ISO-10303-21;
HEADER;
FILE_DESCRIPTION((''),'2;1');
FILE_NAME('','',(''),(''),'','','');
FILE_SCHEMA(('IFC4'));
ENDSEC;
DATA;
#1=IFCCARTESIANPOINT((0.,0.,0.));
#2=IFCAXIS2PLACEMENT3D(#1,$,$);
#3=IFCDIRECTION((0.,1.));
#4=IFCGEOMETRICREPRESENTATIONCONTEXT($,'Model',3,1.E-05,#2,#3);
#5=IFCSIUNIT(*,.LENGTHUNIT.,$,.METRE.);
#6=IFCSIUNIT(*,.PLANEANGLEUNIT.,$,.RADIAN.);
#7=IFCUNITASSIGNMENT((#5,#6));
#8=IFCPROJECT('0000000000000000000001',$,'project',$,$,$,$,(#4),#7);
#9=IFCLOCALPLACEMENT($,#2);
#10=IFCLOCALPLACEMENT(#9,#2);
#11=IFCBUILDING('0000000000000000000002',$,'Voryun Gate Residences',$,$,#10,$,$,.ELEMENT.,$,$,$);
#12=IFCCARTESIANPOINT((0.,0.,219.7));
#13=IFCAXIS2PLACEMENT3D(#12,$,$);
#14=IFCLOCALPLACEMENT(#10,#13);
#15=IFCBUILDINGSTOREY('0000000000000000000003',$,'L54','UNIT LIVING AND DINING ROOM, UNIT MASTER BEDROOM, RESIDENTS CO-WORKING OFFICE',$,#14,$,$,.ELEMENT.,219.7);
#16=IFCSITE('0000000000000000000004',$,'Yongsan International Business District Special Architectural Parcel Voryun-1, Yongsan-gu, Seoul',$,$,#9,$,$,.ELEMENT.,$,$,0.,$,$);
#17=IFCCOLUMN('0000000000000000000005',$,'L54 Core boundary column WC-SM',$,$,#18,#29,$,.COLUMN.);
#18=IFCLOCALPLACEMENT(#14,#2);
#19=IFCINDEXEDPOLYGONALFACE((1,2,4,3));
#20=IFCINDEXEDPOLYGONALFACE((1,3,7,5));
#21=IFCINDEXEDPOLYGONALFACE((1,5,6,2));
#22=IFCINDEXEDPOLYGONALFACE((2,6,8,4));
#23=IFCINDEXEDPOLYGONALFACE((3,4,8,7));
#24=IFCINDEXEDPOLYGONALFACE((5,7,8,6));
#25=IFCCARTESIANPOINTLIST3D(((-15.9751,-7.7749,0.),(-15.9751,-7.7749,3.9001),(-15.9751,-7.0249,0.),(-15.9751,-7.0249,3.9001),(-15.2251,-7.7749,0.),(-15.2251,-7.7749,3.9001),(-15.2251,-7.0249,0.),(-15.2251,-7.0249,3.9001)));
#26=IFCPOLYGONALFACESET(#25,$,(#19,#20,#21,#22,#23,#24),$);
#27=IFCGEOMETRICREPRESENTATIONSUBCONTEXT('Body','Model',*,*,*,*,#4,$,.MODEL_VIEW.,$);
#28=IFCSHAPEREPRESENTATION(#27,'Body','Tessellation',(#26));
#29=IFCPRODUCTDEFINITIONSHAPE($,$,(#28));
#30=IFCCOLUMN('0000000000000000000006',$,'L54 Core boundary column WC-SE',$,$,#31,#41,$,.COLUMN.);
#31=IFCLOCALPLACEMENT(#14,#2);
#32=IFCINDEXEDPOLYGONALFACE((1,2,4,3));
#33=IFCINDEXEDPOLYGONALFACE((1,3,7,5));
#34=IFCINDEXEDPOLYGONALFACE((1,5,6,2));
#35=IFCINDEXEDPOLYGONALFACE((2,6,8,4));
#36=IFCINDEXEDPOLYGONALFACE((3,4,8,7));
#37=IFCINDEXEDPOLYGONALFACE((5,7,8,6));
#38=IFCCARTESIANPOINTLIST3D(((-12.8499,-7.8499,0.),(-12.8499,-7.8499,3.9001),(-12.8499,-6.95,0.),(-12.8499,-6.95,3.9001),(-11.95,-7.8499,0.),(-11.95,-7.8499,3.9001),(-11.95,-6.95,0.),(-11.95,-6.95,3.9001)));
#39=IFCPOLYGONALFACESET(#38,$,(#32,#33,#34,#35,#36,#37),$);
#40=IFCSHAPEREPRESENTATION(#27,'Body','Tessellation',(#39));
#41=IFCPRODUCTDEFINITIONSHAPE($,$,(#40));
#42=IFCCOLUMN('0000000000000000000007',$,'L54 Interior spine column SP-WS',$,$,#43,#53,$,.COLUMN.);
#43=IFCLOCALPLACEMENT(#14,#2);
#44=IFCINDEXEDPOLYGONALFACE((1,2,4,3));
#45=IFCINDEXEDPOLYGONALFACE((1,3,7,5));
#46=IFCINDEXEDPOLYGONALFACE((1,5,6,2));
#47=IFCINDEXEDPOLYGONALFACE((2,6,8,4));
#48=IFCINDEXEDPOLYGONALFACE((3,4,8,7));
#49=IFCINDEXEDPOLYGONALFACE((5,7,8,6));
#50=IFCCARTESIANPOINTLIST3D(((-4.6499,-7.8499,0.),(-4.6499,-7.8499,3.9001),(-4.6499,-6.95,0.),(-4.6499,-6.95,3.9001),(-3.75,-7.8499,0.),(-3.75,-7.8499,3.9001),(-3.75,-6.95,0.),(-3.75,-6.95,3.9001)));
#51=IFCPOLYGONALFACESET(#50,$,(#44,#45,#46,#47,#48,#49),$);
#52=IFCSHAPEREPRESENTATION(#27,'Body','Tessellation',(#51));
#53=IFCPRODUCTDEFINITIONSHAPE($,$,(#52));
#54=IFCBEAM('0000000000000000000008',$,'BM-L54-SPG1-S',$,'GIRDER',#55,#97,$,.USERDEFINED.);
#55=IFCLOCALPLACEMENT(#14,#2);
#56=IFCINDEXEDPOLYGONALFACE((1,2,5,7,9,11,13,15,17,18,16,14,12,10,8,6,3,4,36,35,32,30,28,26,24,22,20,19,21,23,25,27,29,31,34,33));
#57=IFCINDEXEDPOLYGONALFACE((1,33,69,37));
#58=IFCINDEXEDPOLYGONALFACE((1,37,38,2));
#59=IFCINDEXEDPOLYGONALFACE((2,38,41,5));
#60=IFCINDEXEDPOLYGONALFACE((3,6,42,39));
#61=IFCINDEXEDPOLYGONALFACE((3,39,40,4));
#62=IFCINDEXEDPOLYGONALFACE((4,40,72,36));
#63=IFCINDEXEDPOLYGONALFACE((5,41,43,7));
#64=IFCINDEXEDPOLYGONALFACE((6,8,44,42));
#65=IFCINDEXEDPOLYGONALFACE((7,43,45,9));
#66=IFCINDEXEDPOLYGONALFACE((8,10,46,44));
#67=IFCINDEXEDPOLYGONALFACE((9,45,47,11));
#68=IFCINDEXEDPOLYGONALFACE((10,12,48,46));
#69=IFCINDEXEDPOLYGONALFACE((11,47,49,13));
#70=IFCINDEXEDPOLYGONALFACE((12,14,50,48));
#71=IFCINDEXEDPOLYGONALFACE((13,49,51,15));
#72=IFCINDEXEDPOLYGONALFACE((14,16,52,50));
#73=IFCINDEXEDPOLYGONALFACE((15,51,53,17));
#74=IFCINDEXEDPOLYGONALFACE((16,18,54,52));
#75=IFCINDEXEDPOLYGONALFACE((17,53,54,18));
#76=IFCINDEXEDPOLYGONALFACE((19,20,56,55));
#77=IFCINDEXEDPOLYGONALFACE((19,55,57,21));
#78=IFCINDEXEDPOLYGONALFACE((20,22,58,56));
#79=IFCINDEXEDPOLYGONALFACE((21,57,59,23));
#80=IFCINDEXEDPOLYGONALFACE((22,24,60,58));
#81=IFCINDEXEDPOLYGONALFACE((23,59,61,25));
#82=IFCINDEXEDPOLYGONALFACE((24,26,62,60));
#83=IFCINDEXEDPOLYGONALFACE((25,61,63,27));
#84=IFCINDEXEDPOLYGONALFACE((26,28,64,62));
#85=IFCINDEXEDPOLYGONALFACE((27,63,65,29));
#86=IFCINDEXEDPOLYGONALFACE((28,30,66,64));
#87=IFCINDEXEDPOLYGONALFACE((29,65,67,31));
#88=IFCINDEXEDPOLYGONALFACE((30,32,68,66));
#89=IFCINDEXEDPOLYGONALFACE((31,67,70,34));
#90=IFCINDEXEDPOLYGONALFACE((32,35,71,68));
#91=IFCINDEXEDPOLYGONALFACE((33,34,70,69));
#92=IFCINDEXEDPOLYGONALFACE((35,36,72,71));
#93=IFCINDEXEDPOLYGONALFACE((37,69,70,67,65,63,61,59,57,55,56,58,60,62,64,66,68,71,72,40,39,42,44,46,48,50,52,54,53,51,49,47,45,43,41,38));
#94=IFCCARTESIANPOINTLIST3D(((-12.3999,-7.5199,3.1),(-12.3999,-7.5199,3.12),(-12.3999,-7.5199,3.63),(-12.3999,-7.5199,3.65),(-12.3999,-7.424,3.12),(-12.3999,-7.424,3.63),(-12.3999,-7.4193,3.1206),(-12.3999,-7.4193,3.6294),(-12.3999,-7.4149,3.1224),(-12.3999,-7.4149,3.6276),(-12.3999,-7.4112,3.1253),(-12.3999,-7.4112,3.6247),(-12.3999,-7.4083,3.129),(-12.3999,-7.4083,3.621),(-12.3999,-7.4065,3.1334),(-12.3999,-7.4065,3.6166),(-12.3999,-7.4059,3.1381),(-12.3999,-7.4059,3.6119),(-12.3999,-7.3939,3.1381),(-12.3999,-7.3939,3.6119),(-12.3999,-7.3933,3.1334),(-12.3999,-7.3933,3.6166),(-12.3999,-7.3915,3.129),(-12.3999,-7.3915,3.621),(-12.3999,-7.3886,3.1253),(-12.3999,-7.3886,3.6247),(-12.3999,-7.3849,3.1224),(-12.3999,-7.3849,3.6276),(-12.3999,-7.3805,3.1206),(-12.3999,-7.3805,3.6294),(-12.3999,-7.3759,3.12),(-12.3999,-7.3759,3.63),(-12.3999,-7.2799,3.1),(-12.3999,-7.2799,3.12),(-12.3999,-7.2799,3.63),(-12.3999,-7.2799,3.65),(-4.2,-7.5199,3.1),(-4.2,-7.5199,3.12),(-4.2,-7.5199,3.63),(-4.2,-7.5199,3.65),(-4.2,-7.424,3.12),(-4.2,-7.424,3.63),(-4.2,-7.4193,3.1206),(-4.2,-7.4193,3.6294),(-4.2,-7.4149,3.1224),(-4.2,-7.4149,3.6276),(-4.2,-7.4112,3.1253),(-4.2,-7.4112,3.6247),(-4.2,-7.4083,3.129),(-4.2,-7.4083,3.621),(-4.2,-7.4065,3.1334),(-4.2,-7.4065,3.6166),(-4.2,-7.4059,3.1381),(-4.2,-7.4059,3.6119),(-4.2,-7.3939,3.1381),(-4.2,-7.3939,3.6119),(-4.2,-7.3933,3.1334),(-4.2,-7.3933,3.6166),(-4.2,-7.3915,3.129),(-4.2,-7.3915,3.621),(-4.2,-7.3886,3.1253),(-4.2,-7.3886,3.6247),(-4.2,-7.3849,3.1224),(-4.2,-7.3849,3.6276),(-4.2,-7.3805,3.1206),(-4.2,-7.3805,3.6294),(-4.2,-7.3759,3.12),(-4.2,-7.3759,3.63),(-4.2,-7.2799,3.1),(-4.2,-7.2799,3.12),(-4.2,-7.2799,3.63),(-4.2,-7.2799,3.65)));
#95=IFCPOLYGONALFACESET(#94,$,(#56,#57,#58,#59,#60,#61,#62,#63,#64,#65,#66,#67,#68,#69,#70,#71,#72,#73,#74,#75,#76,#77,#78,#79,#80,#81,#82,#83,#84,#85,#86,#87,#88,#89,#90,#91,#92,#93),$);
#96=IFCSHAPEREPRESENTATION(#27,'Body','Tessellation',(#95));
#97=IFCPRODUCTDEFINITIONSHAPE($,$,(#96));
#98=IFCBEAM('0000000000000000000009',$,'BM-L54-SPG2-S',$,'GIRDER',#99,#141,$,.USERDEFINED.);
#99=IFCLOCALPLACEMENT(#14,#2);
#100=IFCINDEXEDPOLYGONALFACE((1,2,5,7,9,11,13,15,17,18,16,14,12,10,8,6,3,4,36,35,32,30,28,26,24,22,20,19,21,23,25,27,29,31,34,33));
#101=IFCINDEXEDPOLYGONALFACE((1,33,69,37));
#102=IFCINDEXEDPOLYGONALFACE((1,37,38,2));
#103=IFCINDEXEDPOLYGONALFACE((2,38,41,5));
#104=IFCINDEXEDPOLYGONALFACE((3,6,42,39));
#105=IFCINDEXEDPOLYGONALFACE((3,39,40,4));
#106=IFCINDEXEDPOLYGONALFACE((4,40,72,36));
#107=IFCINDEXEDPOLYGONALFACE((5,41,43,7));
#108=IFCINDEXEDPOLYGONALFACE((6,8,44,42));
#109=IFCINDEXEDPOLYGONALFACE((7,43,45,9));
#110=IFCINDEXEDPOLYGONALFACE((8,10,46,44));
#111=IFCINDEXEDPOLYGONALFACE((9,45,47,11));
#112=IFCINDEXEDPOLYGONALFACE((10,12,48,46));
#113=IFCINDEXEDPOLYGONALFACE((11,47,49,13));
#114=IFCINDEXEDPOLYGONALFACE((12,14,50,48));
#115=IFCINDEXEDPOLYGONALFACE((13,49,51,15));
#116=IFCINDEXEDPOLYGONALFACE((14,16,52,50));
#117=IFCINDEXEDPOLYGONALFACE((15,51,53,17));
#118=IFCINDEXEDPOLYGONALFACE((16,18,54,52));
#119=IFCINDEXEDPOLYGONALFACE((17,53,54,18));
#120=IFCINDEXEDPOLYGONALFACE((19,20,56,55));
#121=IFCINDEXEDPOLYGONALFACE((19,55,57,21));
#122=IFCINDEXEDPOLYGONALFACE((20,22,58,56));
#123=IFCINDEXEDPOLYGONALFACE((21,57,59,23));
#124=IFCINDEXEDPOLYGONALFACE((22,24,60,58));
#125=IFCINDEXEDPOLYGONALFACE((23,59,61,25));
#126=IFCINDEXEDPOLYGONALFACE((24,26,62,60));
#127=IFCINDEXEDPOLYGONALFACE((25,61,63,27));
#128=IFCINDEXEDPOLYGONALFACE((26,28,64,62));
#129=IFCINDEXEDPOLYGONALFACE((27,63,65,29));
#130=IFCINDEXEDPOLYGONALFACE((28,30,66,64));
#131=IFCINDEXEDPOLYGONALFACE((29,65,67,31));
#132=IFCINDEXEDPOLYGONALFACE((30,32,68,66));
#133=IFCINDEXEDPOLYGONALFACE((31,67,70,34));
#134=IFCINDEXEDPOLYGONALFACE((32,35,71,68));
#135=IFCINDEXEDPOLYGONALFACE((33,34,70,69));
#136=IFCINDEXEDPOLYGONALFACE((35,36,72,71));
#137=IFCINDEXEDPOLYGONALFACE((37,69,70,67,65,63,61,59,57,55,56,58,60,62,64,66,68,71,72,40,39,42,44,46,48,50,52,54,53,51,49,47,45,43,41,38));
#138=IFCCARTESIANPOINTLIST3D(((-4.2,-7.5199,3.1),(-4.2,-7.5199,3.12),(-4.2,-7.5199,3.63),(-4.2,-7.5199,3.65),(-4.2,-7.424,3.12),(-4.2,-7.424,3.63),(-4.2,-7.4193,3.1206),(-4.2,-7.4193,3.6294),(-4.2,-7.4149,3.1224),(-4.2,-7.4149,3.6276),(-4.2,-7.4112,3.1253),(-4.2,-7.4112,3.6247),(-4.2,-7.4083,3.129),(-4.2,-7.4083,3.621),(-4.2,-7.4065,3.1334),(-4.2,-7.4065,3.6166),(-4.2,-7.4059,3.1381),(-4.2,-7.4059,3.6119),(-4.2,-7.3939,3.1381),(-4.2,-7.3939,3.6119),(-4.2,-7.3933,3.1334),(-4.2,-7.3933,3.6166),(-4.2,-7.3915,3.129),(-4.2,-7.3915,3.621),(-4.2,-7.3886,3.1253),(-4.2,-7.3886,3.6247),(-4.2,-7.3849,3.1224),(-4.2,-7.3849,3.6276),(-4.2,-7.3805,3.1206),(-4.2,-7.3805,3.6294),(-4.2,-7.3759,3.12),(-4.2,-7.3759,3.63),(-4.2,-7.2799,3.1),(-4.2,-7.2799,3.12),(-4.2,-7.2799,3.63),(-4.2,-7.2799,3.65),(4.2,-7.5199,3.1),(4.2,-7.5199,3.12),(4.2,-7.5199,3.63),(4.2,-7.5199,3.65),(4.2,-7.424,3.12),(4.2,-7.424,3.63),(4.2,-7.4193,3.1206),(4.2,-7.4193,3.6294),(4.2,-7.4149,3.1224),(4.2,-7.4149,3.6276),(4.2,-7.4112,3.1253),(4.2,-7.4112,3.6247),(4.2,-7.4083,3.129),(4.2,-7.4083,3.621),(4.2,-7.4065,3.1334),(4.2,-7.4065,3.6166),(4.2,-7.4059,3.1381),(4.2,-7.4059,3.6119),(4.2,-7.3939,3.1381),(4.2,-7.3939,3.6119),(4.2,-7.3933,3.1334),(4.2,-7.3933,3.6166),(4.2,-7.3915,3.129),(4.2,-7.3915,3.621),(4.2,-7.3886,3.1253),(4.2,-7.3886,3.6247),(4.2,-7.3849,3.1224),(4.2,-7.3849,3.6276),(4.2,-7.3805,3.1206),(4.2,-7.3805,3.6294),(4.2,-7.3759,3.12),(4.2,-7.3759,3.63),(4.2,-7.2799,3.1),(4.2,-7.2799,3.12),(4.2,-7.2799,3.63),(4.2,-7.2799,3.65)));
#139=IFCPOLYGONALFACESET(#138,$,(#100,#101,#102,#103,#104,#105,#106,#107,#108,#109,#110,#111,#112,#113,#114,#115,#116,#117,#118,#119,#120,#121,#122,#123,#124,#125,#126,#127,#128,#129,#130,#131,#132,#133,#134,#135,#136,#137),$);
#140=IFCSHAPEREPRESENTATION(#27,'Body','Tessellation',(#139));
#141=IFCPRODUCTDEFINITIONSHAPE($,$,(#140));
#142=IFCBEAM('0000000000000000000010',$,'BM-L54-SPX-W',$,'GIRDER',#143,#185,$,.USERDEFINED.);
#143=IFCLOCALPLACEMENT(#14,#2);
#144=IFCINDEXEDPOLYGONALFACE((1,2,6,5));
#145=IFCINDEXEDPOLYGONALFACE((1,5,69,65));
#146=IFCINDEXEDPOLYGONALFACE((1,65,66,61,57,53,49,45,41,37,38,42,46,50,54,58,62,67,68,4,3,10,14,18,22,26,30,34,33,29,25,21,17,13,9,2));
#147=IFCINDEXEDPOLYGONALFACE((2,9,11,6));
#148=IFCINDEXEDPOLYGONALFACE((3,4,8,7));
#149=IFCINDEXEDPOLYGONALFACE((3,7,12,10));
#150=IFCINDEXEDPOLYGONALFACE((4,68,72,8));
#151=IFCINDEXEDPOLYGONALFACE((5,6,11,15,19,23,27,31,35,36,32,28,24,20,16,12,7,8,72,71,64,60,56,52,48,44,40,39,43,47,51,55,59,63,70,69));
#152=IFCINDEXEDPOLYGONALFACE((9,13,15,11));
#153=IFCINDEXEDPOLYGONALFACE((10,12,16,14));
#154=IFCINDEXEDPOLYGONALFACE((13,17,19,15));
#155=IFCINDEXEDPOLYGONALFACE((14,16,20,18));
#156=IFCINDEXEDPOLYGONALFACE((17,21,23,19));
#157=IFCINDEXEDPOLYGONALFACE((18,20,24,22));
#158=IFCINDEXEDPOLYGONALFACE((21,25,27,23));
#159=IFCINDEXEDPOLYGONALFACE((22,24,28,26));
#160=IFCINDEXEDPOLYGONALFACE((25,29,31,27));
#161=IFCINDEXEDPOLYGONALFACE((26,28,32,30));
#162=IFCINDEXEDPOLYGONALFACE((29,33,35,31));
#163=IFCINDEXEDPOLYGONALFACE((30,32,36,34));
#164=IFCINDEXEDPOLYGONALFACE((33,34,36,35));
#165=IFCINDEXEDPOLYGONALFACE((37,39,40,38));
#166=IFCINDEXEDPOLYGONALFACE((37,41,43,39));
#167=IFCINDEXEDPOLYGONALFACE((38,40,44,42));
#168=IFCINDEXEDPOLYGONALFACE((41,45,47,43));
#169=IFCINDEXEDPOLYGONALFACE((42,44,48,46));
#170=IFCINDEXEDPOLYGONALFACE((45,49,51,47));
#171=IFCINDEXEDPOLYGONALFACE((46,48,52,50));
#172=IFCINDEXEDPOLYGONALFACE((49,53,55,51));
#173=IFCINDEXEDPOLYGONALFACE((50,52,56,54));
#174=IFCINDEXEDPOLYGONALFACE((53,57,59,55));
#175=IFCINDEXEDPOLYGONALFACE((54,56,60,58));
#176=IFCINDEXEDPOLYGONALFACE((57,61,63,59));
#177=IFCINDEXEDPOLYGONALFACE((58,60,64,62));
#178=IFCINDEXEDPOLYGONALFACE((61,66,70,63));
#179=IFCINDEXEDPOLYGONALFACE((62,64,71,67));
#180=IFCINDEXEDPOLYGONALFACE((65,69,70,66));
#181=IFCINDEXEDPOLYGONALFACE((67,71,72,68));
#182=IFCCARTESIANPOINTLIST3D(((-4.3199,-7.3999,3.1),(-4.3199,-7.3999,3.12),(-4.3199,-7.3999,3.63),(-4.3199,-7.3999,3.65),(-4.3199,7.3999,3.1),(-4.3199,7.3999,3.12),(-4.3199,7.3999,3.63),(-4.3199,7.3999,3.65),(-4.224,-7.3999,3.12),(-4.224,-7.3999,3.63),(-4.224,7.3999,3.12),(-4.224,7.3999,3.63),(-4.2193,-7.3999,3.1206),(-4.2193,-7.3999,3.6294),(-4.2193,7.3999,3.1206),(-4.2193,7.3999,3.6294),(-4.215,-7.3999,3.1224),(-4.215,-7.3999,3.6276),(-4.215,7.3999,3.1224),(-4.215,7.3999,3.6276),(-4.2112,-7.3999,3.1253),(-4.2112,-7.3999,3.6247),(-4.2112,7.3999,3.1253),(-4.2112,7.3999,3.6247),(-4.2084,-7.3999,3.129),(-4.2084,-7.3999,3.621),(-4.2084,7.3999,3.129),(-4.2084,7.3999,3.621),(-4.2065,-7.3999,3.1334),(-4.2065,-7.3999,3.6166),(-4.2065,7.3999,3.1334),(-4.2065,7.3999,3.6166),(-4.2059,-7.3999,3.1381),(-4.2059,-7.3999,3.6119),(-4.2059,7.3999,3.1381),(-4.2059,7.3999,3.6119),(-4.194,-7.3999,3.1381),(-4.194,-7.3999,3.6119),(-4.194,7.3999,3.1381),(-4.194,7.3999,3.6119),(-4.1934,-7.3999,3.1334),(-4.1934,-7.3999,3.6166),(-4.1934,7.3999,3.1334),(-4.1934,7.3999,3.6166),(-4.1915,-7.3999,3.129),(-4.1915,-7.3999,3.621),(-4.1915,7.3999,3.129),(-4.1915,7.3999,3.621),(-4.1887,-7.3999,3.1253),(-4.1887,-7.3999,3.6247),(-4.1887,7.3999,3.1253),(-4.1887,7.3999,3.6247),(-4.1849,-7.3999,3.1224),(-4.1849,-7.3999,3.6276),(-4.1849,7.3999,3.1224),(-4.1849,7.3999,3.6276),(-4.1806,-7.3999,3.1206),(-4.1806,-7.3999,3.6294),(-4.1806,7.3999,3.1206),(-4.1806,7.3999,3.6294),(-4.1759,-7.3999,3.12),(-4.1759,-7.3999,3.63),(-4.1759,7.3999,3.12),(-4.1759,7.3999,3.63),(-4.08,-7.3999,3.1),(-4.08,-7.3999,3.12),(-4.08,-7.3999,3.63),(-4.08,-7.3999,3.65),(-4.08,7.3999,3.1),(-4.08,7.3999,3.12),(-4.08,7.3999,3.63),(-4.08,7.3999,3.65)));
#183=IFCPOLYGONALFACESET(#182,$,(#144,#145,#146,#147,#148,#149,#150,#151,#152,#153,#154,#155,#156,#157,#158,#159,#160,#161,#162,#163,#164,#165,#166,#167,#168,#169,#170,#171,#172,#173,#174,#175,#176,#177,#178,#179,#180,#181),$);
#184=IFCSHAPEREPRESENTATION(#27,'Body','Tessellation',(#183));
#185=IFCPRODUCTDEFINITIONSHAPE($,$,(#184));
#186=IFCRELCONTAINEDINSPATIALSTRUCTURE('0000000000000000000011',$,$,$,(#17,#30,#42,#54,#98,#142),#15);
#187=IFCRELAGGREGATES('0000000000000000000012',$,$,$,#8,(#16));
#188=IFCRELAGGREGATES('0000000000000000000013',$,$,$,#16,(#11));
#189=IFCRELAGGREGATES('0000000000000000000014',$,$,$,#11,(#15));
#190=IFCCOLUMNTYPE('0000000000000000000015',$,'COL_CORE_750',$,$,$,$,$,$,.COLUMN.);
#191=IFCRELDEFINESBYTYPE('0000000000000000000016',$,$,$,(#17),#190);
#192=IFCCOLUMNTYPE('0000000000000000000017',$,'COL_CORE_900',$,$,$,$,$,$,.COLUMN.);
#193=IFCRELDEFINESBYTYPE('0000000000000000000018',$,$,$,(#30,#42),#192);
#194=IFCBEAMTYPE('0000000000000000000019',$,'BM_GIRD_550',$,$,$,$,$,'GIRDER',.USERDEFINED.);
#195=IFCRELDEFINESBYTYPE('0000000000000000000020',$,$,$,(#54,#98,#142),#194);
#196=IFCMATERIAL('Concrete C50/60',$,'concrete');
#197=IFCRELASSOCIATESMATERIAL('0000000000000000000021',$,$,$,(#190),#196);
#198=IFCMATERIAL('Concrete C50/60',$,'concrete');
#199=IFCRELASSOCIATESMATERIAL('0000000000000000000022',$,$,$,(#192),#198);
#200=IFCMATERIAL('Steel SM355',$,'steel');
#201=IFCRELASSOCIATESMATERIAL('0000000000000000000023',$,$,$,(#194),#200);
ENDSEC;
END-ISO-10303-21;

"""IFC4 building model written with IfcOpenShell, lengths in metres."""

from ifc_helpers import new_model, si_unit, direction, frame, origin, origin_2d, place, context, subcontext, project, spatial, rectangle, i_section, extrude, material, material_profile, profile_set, type_object, element, save


model = new_model("IFC4")

# Units and contexts
model_context = context("Model", 3, precision=1e-05, world=origin(), true_north=direction((0.0, 1.0)))
body_context = subcontext(model_context, "Body", "Model", "MODEL_VIEW")
ifc_project = project(units=[si_unit("LENGTHUNIT", "METRE"), si_unit("PLANEANGLEUNIT", "RADIAN")], contexts=[model_context])

# Site, building, storey
site_placement = place(None, origin())
site = spatial("IfcSite", under=ifc_project, at=site_placement, Name="Yongsan International Business District Special Architectural Parcel Voryun-1, Yongsan-gu, Seoul", CompositionType="ELEMENT", RefElevation=0.0)
building_placement = place(site_placement, origin())
building = spatial("IfcBuilding", under=site, at=building_placement, Name="Voryun Gate Residences", CompositionType="ELEMENT")
storey_placement = place(building_placement, frame((0.0, 0.0, 219.7)))
storey = spatial("IfcBuildingStorey", under=building, at=storey_placement, Name="L54", Description="UNIT LIVING AND DINING ROOM, UNIT MASTER BEDROOM, RESIDENTS CO-WORKING OFFICE", CompositionType="ELEMENT", Elevation=219.7)

# Columns
ifc_material_1 = material(Name="Concrete C50/60", Category="concrete")
ifc_material_profile_1 = material_profile(ifc_material_1, rectangle(XDim=0.75, YDim=0.75, at=origin_2d()), Name="RC-750x750")
ifc_profile_set_1 = profile_set([ifc_material_profile_1], Name="Concrete C50/60")
column_type_1 = type_object("IfcColumnType", Name="COL_CORE_750", PredefinedType="COLUMN", material=ifc_profile_set_1)
column_placement = place(storey_placement, frame((-15.6001, -7.3999, 0.0), z_axis=(0.0, 0.0, 1.0), x_axis=(1.0, 0.0, 0.0)))
element("IfcColumn", 1, at=column_placement, inside=storey, type_object=column_type_1, Name="L54 Core boundary column WC-SM", PredefinedType="COLUMN", context=body_context, shape_type="SweptSolid", body=[
    extrude(rectangle(XDim=0.75, YDim=0.75, at=origin_2d()), origin(), (0.0, 0.0, 1.0), 3.9001),
])
ifc_material_2 = material(Name="Concrete C50/60", Category="concrete")
ifc_material_profile_2 = material_profile(ifc_material_2, rectangle(XDim=0.8999, YDim=0.8999, at=origin_2d()), Name="RC-900x900")
ifc_profile_set_2 = profile_set([ifc_material_profile_2], Name="Concrete C50/60")
column_type_2 = type_object("IfcColumnType", Name="COL_CORE_900", PredefinedType="COLUMN", material=ifc_profile_set_2)
for number, where, z_axis, x_axis, name in (
    (2, (-12.3999, -7.3999, 0.0), (0.0, 0.0, 1.0), (1.0, 0.0, 0.0), "L54 Core boundary column WC-SE"),
    (3, (-4.2, -7.3999, 0.0), (0.0, 0.0, 1.0), (1.0, 0.0, 0.0), "L54 Interior spine column SP-WS"),
):
    element("IfcColumn", number, at=place(storey_placement, frame(where, z_axis=z_axis, x_axis=x_axis)), inside=storey, type_object=column_type_2, Name=name, PredefinedType="COLUMN", context=body_context, shape_type="SweptSolid", body=[
        extrude(rectangle(XDim=0.8999, YDim=0.8999, at=origin_2d()), origin(), (0.0, 0.0, 1.0), 3.9001),
    ])

# Beams
ifc_material_3 = material(Name="Steel SM355", Category="steel")
ifc_material_profile_3 = material_profile(ifc_material_3, i_section(OverallWidth=0.24, OverallDepth=0.55, WebThickness=0.012, FlangeThickness=0.02, FilletRadius=0.0181, at=origin_2d()), Name="H-550x240x12x20")
ifc_profile_set_3 = profile_set([ifc_material_profile_3], Name="Steel SM355")
beam_type_1 = type_object("IfcBeamType", Name="BM_GIRD_550", ElementType="GIRDER", PredefinedType="USERDEFINED", material=ifc_profile_set_3)
beam_1_placement = place(storey_placement, frame((-12.3999, -7.3999, 3.375), z_axis=(1.0, 0.0, 0.0), x_axis=(0.0, 1.0, 0.0)))
element("IfcBeam", 4, at=beam_1_placement, inside=storey, type_object=beam_type_1, Name="BM-L54-SPG1-S", ObjectType="GIRDER", PredefinedType="USERDEFINED", context=body_context, shape_type="SweptSolid", body=[
    extrude(i_section(OverallWidth=0.24, OverallDepth=0.55, WebThickness=0.012, FlangeThickness=0.02, FilletRadius=0.0181, at=origin_2d()), origin(), (0.0, 0.0, 1.0), 8.2),
])
beam_2_placement = place(storey_placement, frame((-4.2, -7.3999, 3.375), z_axis=(1.0, 0.0, 0.0), x_axis=(0.0, 1.0, 0.0)))
element("IfcBeam", 5, at=beam_2_placement, inside=storey, type_object=beam_type_1, Name="BM-L54-SPG2-S", ObjectType="GIRDER", PredefinedType="USERDEFINED", context=body_context, shape_type="SweptSolid", body=[
    extrude(i_section(OverallWidth=0.24, OverallDepth=0.55, WebThickness=0.012, FlangeThickness=0.02, FilletRadius=0.0181, at=origin_2d()), origin(), (0.0, 0.0, 1.0), 8.3999),
])
beam_3_placement = place(storey_placement, frame((-4.2, -7.3999, 3.375), z_axis=(0.0, 1.0, 0.0), x_axis=(-1.0, 0.0, 0.0)))
element("IfcBeam", 6, at=beam_3_placement, inside=storey, type_object=beam_type_1, Name="BM-L54-SPX-W", ObjectType="GIRDER", PredefinedType="USERDEFINED", context=body_context, shape_type="SweptSolid", body=[
    extrude(i_section(OverallWidth=0.24, OverallDepth=0.55, WebThickness=0.012, FlangeThickness=0.02, FilletRadius=0.0181, at=origin_2d()), origin(), (0.0, 0.0, 1.0), 14.7998),
])

save(model, "model.ifc")
